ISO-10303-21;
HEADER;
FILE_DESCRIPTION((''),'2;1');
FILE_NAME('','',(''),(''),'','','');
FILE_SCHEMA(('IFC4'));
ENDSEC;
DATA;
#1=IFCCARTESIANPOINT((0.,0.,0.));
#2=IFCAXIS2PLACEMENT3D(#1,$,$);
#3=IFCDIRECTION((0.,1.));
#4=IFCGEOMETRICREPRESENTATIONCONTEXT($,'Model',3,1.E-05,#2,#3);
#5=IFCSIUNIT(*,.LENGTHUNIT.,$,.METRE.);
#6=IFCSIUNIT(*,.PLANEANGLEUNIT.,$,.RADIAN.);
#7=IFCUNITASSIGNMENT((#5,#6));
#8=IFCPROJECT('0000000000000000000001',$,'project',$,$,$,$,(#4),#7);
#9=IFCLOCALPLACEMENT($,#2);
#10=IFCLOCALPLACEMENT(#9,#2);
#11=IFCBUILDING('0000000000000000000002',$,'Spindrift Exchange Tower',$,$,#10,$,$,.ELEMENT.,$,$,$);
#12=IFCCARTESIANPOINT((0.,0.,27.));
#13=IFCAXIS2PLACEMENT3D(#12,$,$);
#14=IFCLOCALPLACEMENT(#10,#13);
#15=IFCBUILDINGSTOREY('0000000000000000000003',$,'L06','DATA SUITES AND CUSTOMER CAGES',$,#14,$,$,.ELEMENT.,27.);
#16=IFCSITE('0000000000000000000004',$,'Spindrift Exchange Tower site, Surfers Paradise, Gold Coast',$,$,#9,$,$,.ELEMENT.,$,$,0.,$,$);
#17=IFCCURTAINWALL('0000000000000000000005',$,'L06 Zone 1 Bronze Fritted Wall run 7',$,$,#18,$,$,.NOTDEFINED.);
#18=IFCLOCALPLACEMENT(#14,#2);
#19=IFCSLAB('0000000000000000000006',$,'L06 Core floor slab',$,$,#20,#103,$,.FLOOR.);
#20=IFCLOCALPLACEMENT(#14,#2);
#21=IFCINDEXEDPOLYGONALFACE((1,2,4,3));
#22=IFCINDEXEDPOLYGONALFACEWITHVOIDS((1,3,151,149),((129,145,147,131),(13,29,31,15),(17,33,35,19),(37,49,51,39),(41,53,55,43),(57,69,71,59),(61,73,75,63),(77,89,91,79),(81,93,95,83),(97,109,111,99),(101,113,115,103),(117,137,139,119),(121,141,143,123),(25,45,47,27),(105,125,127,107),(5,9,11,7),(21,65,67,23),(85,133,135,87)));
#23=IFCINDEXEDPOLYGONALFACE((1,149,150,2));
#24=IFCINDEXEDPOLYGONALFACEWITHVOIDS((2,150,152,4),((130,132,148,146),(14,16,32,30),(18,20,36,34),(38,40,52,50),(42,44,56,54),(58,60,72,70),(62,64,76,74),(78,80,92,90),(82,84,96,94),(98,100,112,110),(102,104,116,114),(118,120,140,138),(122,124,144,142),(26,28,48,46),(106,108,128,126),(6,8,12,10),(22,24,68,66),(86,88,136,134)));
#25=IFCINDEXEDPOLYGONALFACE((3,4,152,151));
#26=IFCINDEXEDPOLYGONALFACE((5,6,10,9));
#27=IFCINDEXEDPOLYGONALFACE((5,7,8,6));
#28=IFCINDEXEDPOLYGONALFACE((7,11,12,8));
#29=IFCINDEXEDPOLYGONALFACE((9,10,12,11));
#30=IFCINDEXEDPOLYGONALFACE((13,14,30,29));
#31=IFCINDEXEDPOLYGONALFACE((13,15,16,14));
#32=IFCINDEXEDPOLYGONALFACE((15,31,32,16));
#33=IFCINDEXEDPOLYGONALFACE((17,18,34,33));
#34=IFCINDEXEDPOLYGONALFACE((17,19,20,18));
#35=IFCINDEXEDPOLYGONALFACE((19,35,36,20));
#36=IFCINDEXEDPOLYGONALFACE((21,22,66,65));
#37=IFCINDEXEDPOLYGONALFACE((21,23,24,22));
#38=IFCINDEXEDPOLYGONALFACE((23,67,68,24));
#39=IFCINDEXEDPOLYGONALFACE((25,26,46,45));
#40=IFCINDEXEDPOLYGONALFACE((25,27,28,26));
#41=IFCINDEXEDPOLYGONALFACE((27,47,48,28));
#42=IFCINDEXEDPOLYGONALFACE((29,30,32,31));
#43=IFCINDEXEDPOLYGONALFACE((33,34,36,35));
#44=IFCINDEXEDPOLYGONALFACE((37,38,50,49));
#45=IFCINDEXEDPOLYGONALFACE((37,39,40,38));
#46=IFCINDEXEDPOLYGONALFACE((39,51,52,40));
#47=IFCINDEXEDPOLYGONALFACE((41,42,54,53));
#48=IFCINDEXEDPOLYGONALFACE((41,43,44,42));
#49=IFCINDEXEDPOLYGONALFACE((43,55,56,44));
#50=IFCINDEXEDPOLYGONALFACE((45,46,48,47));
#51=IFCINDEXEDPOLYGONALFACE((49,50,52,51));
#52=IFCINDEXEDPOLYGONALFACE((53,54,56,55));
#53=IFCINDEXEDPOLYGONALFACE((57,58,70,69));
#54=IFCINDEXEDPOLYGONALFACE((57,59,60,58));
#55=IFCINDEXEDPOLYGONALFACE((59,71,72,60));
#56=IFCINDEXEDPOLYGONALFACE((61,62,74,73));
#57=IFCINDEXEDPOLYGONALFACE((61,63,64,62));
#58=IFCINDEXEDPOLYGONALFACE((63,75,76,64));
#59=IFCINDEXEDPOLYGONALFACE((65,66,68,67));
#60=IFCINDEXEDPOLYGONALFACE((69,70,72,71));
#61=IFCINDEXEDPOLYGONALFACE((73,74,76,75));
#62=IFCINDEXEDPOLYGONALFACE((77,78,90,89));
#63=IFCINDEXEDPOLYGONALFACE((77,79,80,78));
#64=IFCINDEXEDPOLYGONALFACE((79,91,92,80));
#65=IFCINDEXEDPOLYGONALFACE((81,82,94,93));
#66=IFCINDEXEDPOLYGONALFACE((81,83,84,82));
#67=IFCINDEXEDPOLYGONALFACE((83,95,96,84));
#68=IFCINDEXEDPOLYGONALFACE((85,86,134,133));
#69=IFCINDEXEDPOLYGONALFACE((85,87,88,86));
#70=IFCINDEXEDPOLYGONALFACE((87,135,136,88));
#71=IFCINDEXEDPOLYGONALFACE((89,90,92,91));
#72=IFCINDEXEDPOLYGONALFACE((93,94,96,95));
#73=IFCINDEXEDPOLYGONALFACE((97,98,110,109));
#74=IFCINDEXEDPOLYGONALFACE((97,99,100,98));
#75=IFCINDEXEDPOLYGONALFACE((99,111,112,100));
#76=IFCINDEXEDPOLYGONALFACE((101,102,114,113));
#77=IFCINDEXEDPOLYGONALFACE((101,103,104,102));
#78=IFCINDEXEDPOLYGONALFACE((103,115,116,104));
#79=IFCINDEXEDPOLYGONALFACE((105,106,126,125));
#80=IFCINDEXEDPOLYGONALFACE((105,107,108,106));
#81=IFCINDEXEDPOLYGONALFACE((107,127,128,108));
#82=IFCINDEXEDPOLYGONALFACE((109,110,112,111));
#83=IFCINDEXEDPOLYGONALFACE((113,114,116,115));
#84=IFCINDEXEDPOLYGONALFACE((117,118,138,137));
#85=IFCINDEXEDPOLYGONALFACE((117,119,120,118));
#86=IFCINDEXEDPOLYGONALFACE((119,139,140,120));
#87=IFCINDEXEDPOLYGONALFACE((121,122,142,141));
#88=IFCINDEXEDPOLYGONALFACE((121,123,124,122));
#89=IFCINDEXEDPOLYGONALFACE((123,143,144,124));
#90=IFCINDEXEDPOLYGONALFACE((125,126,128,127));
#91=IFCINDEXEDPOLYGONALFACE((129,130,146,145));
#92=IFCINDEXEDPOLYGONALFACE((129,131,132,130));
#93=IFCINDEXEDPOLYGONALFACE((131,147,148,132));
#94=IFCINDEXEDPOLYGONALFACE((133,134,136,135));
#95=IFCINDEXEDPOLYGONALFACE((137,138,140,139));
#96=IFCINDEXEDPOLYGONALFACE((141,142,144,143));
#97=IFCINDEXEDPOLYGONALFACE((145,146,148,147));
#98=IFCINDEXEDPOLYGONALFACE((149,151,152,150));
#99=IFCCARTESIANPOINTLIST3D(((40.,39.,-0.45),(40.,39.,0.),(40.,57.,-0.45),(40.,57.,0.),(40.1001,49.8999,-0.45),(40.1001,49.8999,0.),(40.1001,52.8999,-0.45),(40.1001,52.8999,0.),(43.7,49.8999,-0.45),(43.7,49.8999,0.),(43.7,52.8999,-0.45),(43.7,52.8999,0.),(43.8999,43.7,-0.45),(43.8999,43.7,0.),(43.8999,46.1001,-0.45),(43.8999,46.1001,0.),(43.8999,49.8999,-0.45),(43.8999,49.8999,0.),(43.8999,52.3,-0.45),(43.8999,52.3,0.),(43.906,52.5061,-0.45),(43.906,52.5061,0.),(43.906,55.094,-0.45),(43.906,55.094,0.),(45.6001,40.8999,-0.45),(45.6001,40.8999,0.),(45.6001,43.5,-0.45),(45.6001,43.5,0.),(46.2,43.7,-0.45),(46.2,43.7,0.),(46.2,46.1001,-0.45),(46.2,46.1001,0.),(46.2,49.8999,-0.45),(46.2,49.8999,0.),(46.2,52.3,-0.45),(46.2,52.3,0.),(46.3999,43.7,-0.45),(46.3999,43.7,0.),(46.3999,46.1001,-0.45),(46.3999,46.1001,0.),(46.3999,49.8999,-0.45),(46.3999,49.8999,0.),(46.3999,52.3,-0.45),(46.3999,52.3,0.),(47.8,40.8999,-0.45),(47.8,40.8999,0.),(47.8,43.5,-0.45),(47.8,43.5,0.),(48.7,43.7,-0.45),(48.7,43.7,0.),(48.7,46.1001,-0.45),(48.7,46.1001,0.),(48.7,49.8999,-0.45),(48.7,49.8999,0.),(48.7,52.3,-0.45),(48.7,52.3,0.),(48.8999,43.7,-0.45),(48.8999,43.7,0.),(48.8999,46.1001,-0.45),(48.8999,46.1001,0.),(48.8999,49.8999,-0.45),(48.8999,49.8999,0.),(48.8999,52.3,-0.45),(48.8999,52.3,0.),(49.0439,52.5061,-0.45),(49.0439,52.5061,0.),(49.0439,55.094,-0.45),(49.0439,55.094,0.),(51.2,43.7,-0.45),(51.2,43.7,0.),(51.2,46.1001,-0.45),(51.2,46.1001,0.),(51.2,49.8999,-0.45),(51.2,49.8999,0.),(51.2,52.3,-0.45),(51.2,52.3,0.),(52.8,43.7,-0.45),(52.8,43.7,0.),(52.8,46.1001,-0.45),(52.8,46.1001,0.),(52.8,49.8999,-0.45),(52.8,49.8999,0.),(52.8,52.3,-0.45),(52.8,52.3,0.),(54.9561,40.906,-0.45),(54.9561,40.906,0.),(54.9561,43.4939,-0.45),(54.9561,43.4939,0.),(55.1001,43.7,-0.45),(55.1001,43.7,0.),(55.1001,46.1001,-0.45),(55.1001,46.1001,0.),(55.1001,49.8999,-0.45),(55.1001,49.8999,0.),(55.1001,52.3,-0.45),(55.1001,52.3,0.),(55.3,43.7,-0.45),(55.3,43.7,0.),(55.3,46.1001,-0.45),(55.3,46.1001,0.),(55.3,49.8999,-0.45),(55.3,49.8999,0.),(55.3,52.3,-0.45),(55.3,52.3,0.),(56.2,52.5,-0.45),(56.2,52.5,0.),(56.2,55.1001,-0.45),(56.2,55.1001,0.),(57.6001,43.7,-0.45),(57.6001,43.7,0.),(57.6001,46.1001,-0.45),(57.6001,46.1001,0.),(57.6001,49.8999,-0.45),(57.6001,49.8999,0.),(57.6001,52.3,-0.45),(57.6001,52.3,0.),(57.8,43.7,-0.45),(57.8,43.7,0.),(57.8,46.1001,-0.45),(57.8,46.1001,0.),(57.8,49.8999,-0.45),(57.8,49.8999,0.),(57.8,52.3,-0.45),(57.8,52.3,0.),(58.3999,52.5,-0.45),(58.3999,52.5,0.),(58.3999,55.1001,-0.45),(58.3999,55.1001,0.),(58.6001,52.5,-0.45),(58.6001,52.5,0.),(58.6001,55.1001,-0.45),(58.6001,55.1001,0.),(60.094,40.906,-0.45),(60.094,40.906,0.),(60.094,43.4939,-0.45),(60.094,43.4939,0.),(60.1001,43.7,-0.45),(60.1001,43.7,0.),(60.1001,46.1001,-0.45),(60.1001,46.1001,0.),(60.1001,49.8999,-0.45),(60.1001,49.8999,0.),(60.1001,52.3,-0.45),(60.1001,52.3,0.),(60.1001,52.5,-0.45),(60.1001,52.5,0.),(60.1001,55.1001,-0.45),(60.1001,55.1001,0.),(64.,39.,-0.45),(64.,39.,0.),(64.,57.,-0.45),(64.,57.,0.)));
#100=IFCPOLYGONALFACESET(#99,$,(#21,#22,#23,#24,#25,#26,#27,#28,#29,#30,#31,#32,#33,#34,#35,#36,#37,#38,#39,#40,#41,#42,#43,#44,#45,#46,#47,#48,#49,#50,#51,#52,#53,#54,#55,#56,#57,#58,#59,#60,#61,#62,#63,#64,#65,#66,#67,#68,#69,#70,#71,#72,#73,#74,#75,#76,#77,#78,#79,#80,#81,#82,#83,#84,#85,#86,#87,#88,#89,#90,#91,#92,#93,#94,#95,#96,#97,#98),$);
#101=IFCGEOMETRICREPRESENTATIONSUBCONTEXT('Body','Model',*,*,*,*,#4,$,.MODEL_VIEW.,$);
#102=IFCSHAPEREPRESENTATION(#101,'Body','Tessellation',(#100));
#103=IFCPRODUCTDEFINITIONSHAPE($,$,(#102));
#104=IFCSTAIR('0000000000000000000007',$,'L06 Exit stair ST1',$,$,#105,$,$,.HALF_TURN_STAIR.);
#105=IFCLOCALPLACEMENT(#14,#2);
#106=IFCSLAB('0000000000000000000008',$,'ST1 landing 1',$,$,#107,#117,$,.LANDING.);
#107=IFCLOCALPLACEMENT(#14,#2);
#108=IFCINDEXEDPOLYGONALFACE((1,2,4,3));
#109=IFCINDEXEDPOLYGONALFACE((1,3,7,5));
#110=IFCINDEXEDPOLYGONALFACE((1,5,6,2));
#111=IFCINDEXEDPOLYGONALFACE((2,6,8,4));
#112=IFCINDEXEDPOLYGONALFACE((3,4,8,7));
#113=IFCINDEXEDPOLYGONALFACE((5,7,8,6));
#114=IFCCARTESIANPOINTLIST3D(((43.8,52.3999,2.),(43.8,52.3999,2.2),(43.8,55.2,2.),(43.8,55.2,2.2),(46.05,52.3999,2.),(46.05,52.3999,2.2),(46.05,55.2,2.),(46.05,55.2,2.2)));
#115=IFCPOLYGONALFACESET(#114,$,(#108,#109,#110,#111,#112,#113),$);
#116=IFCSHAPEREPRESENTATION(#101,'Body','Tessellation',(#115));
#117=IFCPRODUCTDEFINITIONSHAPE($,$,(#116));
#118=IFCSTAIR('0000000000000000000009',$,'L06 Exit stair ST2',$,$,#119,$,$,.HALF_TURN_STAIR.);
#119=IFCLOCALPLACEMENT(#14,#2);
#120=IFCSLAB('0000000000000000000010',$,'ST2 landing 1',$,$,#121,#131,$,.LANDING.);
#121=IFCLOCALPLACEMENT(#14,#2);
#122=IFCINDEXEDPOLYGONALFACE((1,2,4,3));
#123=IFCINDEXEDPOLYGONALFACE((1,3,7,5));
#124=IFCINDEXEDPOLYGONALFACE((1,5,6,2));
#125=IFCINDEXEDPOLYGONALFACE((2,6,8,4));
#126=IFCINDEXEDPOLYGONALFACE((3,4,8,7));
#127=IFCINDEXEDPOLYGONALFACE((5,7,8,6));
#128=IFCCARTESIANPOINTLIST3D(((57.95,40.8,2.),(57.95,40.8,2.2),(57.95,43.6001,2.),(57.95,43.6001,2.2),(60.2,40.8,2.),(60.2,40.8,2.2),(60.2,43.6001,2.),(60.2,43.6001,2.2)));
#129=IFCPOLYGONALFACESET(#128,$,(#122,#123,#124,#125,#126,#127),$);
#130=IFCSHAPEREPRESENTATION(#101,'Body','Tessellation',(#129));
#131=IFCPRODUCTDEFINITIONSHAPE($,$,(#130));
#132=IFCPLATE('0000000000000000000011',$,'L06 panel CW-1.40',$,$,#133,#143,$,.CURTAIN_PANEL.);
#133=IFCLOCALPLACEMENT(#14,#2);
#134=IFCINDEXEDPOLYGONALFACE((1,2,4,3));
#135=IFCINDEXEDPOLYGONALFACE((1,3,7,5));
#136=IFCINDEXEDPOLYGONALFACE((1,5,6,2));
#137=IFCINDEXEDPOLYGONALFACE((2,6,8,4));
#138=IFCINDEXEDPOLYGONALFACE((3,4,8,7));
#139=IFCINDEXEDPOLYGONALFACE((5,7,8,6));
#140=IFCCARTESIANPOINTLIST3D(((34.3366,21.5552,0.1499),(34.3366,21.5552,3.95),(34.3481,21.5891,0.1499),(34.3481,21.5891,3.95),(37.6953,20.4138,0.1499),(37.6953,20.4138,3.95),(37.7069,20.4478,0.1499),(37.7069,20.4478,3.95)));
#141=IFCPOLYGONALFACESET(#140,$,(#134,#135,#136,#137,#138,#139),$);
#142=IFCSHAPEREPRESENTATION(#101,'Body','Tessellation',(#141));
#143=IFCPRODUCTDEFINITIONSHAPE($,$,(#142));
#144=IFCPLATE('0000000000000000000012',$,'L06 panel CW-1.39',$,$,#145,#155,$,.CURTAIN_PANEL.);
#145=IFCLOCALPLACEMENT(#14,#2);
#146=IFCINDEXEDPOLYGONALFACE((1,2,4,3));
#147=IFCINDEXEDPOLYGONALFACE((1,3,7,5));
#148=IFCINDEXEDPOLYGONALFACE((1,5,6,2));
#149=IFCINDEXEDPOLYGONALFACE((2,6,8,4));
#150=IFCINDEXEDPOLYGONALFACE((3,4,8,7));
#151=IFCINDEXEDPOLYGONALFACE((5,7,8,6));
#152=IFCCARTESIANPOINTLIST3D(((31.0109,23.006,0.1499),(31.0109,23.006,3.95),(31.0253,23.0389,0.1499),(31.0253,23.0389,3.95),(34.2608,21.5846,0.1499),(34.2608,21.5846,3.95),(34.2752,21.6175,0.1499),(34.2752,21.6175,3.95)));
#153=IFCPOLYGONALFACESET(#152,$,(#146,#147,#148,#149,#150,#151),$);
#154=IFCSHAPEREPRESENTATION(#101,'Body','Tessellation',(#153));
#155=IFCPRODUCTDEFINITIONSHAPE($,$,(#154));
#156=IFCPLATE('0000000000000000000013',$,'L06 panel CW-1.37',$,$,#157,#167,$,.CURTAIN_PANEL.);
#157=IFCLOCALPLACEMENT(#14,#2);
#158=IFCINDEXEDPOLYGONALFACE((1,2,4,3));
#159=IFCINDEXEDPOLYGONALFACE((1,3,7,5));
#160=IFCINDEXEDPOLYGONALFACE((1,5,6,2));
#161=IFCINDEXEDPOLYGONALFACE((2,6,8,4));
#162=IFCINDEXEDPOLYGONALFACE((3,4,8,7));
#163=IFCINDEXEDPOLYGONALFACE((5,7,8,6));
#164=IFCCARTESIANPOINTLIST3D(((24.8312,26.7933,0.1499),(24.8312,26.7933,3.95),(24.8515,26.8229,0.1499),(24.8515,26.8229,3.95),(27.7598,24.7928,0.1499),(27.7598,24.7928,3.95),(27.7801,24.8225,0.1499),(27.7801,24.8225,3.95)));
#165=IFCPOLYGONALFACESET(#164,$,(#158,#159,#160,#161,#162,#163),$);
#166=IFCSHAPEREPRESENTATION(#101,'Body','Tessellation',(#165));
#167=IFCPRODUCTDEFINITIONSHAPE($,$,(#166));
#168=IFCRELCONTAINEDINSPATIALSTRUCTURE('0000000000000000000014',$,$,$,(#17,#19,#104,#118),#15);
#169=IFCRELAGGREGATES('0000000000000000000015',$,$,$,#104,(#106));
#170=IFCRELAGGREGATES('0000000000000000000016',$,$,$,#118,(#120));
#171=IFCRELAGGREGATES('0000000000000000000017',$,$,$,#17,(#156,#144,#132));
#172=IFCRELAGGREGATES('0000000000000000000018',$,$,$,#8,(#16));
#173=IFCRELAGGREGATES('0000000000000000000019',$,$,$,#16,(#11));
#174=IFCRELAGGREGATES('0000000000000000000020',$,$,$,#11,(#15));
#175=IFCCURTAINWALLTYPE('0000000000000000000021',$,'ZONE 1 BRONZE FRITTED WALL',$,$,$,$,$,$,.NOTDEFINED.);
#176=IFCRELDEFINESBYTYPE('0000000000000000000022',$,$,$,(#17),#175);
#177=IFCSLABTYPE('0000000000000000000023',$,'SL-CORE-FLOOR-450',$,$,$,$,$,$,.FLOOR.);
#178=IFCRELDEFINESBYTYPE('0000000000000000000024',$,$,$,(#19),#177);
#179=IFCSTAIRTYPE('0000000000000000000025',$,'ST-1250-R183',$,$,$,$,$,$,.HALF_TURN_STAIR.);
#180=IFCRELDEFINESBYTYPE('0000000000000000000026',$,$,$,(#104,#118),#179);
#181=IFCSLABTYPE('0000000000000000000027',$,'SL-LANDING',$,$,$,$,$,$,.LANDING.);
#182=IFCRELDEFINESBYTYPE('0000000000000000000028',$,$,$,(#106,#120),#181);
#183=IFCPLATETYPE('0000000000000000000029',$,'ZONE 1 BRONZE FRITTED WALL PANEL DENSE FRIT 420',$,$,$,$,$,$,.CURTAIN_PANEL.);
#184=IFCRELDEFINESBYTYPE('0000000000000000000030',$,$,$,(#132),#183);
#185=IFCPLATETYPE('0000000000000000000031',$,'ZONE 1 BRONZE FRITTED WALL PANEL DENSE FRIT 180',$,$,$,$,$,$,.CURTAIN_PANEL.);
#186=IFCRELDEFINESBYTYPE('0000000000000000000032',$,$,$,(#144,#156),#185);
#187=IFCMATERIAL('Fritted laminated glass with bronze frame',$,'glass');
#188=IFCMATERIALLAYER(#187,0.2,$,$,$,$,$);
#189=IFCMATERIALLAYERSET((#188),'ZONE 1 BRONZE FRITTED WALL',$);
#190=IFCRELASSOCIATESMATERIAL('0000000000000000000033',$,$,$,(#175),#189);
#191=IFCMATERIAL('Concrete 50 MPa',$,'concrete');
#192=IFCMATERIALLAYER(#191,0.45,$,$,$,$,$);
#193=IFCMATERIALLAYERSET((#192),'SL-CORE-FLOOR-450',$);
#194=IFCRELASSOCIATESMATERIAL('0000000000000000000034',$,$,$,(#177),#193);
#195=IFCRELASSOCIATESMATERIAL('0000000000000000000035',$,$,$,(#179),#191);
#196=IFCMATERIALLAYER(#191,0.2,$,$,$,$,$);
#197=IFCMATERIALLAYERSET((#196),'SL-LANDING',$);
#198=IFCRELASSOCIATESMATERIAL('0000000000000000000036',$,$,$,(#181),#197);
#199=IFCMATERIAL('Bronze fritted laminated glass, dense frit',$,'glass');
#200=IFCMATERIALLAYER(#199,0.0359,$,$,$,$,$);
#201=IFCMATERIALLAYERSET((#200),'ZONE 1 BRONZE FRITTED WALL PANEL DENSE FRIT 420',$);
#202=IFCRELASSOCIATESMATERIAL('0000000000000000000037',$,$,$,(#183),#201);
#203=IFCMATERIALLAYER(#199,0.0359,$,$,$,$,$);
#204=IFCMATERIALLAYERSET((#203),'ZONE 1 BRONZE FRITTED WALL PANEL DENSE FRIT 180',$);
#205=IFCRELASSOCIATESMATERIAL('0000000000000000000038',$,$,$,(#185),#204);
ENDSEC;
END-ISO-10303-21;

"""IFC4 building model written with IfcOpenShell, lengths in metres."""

from ifc_helpers import new_model, si_unit, direction, frame, origin, origin_2d, place, context, subcontext, project, spatial, line, indexed_curve, rectangle, outline, extrude, source, transform, mapped, material, layer, layer_set, type_object, element, aggregate, save


model = new_model("IFC4")

# Units and contexts
model_context = context("Model", 3, precision=1e-05, world=origin(), true_north=direction((0.0, 1.0)))
body_context = subcontext(model_context, "Body", "Model", "MODEL_VIEW")
ifc_project = project(units=[si_unit("LENGTHUNIT", "METRE"), si_unit("PLANEANGLEUNIT", "RADIAN")], contexts=[model_context])

# Site, building, storey
site_placement = place(None, origin())
site = spatial("IfcSite", under=ifc_project, at=site_placement, Name="Spindrift Exchange Tower site, Surfers Paradise, Gold Coast", CompositionType="ELEMENT", RefElevation=0.0)
building_placement = place(site_placement, origin())
building = spatial("IfcBuilding", under=site, at=building_placement, Name="Spindrift Exchange Tower", CompositionType="ELEMENT")
storey_placement = place(building_placement, frame((0.0, 0.0, 27.0)))
storey = spatial("IfcBuildingStorey", under=building, at=storey_placement, Name="L06", Description="DATA SUITES AND CUSTOMER CAGES", CompositionType="ELEMENT", Elevation=27.0)

# Curtain wall
ifc_material_1 = material(Name="Fritted laminated glass with bronze frame", Category="glass")
ifc_layer_1 = layer(ifc_material_1, 0.2)
ifc_layer_set_1 = layer_set([ifc_layer_1], Name="ZONE 1 BRONZE FRITTED WALL")
curtain_wall_type = type_object("IfcCurtainWallType", Name="ZONE 1 BRONZE FRITTED WALL", PredefinedType="NOTDEFINED", material=ifc_layer_set_1)
curtain_wall_1_placement = place(storey_placement, origin())
curtain_wall_1 = element("IfcCurtainWall", 1, at=curtain_wall_1_placement, inside=storey, type_object=curtain_wall_type, Name="L06 Zone 1 Bronze Fritted Wall run 7", PredefinedType="NOTDEFINED")

# Slab
ifc_material_2 = material(Name="Concrete 50 MPa", Category="concrete")
ifc_layer_2 = layer(ifc_material_2, 0.45)
ifc_layer_set_2 = layer_set([ifc_layer_2], Name="SL-CORE-FLOOR-450")
slab_type_1 = type_object("IfcSlabType", Name="SL-CORE-FLOOR-450", PredefinedType="FLOOR", material=ifc_layer_set_2)
slab_1_placement = place(storey_placement, frame((0.0, 0.0, -0.45)))
element("IfcSlab", 2, at=slab_1_placement, inside=storey, type_object=slab_type_1, Name="L06 Core floor slab", PredefinedType="FLOOR", context=body_context, shape_type="SweptSolid", body=[
    extrude(outline(indexed_curve([(40.0, 39.0), (40.0, 57.0), (64.0, 57.0), (64.0, 39.0)], segments=[line(1, 2, 3, 4, 1)], self_intersect=False), holes=[indexed_curve([(47.8, 43.5), (45.6001, 43.5), (45.6001, 40.8999), (47.8, 40.8999)], segments=[line(1, 2, 3, 4, 1)], self_intersect=False), indexed_curve([(46.2, 46.1001), (43.8999, 46.1001), (43.8999, 43.7), (46.2, 43.7)], segments=[line(1, 2, 3, 4, 1)], self_intersect=False), indexed_curve([(48.7, 46.1001), (46.3999, 46.1001), (46.3999, 43.7), (48.7, 43.7)], segments=[line(1, 2, 3, 4, 1)], self_intersect=False), indexed_curve([(51.2, 46.1001), (48.8999, 46.1001), (48.8999, 43.7), (51.2, 43.7)], segments=[line(1, 2, 3, 4, 1)], self_intersect=False), indexed_curve([(46.2, 52.3), (43.8999, 52.3), (43.8999, 49.8999), (46.2, 49.8999)], segments=[line(1, 2, 3, 4, 1)], self_intersect=False), indexed_curve([(48.7, 52.3), (46.3999, 52.3), (46.3999, 49.8999), (48.7, 49.8999)], segments=[line(1, 2, 3, 4, 1)], self_intersect=False), indexed_curve([(51.2, 52.3), (48.8999, 52.3), (48.8999, 49.8999), (51.2, 49.8999)], segments=[line(1, 2, 3, 4, 1)], self_intersect=False), indexed_curve([(43.7, 49.8999), (43.7, 52.8999), (40.1001, 52.8999), (40.1001, 49.8999)], segments=[line(1, 2, 3, 4, 1)], self_intersect=False), indexed_curve([(49.0439, 55.094), (43.906, 55.094), (43.906, 52.5061), (49.0439, 52.5061)], segments=[line(1, 2, 3, 4, 1)], self_intersect=False), indexed_curve([(60.094, 40.906), (60.094, 43.4939), (54.9561, 43.4939), (54.9561, 40.906)], segments=[line(1, 2, 3, 4, 1)], self_intersect=False), indexed_curve([(55.1001, 46.1001), (52.8, 46.1001), (52.8, 43.7), (55.1001, 43.7)], segments=[line(1, 2, 3, 4, 1)], self_intersect=False), indexed_curve([(57.6001, 46.1001), (55.3, 46.1001), (55.3, 43.7), (57.6001, 43.7)], segments=[line(1, 2, 3, 4, 1)], self_intersect=False), indexed_curve([(60.1001, 46.1001), (57.8, 46.1001), (57.8, 43.7), (60.1001, 43.7)], segments=[line(1, 2, 3, 4, 1)], self_intersect=False), indexed_curve([(55.1001, 52.3), (52.8, 52.3), (52.8, 49.8999), (55.1001, 49.8999)], segments=[line(1, 2, 3, 4, 1)], self_intersect=False), indexed_curve([(57.6001, 52.3), (55.3, 52.3), (55.3, 49.8999), (57.6001, 49.8999)], segments=[line(1, 2, 3, 4, 1)], self_intersect=False), indexed_curve([(60.1001, 52.3), (57.8, 52.3), (57.8, 49.8999), (60.1001, 49.8999)], segments=[line(1, 2, 3, 4, 1)], self_intersect=False), indexed_curve([(58.3999, 52.5), (58.3999, 55.1001), (56.2, 55.1001), (56.2, 52.5)], segments=[line(1, 2, 3, 4, 1)], self_intersect=False), indexed_curve([(60.1001, 52.5), (60.1001, 55.1001), (58.6001, 55.1001), (58.6001, 52.5)], segments=[line(1, 2, 3, 4, 1)], self_intersect=False)]), origin(), (0.0, 0.0, 1.0), 0.45),
])

# Stairs, slabs
stair_type = type_object("IfcStairType", Name="ST-1250-R183", PredefinedType="HALF_TURN_STAIR", material=ifc_material_2)
stair_1_placement = place(storey_placement, origin())
stair_1 = element("IfcStair", 3, at=stair_1_placement, inside=storey, type_object=stair_type, Name="L06 Exit stair ST1", PredefinedType="HALF_TURN_STAIR")
ifc_layer_3 = layer(ifc_material_2, 0.2)
ifc_layer_set_3 = layer_set([ifc_layer_3], Name="SL-LANDING")
slab_type_2 = type_object("IfcSlabType", Name="SL-LANDING", PredefinedType="LANDING", material=ifc_layer_set_3)
slab_2_placement = place(storey_placement, frame((0.0, 0.0, 2.0)))
slab_2 = element("IfcSlab", 4, at=slab_2_placement, type_object=slab_type_2, Name="ST1 landing 1", PredefinedType="LANDING", context=body_context, shape_type="SweptSolid", body=[
    extrude(outline(indexed_curve([(46.05, 52.3999), (43.8, 52.3999), (43.8, 55.2), (46.05, 55.2)], segments=[line(1, 2, 3, 4, 1)], self_intersect=False)), origin(), (0.0, 0.0, 1.0), 0.2),
])
aggregate(stair_1, [slab_2])
stair_2_placement = place(storey_placement, origin())
stair_2 = element("IfcStair", 5, at=stair_2_placement, inside=storey, type_object=stair_type, Name="L06 Exit stair ST2", PredefinedType="HALF_TURN_STAIR")
slab_3_placement = place(storey_placement, frame((0.0, 0.0, 2.0)))
slab_3 = element("IfcSlab", 6, at=slab_3_placement, type_object=slab_type_2, Name="ST2 landing 1", PredefinedType="LANDING", context=body_context, shape_type="SweptSolid", body=[
    extrude(outline(indexed_curve([(57.95, 43.6001), (60.2, 43.6001), (60.2, 40.8), (57.95, 40.8)], segments=[line(1, 2, 3, 4, 1)], self_intersect=False)), origin(), (0.0, 0.0, 1.0), 0.2),
])
aggregate(stair_2, [slab_3])

# Plates
ifc_material_3 = material(Name="Bronze fritted laminated glass, dense frit", Category="glass")
ifc_layer_4 = layer(ifc_material_3, 0.0359)
ifc_layer_set_4 = layer_set([ifc_layer_4], Name="ZONE 1 BRONZE FRITTED WALL PANEL DENSE FRIT 420")
plate_type_1 = type_object("IfcPlateType", Name="ZONE 1 BRONZE FRITTED WALL PANEL DENSE FRIT 420", PredefinedType="CURTAIN_PANEL", material=ifc_layer_set_4)
shared_shape_1 = source(origin(), body_context, "Body", "SweptSolid", [
    extrude(rectangle(XDim=3.5474, YDim=0.0359, at=origin_2d()), origin(), (0.0, 0.0, 1.0), 3.8),
])
plate_1_placement = place(storey_placement, frame((36.0217, 21.0015, 0.1499), z_axis=(0.0, 0.0, 1.0), x_axis=(0.946823, -0.321755, 0.0)))
plate_1 = element("IfcPlate", 7, at=plate_1_placement, type_object=plate_type_1, Name="L06 panel CW-1.40", PredefinedType="CURTAIN_PANEL", context=body_context, shape_type="MappedRepresentation", body=[
    mapped(shared_shape_1, transform((0.0, 0.0, 0.0), scale=1.0)),
])
ifc_layer_5 = layer(ifc_material_3, 0.0359)
ifc_layer_set_5 = layer_set([ifc_layer_5], Name="ZONE 1 BRONZE FRITTED WALL PANEL DENSE FRIT 180")
plate_type_2 = type_object("IfcPlateType", Name="ZONE 1 BRONZE FRITTED WALL PANEL DENSE FRIT 180", PredefinedType="CURTAIN_PANEL", material=ifc_layer_set_5)
shared_shape_2 = source(origin(), body_context, "Body", "SweptSolid", [
    extrude(rectangle(XDim=3.5471, YDim=0.0359, at=origin_2d()), origin(), (0.0, 0.0, 1.0), 3.8),
])
plate_2_placement = place(storey_placement, frame((32.6431, 22.3118, 0.1499), z_axis=(0.0, 0.0, 1.0), x_axis=(0.916203, -0.400714, 0.0)))
plate_2 = element("IfcPlate", 8, at=plate_2_placement, type_object=plate_type_2, Name="L06 panel CW-1.39", PredefinedType="CURTAIN_PANEL", context=body_context, shape_type="MappedRepresentation", body=[
    mapped(shared_shape_2, transform((0.0, 0.0, 0.0), scale=1.0)),
])
shared_shape_3 = source(origin(), body_context, "Body", "SweptSolid", [
    extrude(rectangle(XDim=3.5466, YDim=0.0359, at=origin_2d()), origin(), (0.0, 0.0, 1.0), 3.8),
])
plate_3_placement = place(storey_placement, frame((26.3057, 25.8079, 0.1499), z_axis=(0.0, 0.0, 1.0), x_axis=(0.825745, -0.564044, 0.0)))
plate_3 = element("IfcPlate", 9, at=plate_3_placement, type_object=plate_type_2, Name="L06 panel CW-1.37", PredefinedType="CURTAIN_PANEL", context=body_context, shape_type="MappedRepresentation", body=[
    mapped(shared_shape_3, transform((0.0, 0.0, 0.0), scale=1.0)),
])
aggregate(curtain_wall_1, [plate_3, plate_2, plate_1])

save(model, "model.ifc")
